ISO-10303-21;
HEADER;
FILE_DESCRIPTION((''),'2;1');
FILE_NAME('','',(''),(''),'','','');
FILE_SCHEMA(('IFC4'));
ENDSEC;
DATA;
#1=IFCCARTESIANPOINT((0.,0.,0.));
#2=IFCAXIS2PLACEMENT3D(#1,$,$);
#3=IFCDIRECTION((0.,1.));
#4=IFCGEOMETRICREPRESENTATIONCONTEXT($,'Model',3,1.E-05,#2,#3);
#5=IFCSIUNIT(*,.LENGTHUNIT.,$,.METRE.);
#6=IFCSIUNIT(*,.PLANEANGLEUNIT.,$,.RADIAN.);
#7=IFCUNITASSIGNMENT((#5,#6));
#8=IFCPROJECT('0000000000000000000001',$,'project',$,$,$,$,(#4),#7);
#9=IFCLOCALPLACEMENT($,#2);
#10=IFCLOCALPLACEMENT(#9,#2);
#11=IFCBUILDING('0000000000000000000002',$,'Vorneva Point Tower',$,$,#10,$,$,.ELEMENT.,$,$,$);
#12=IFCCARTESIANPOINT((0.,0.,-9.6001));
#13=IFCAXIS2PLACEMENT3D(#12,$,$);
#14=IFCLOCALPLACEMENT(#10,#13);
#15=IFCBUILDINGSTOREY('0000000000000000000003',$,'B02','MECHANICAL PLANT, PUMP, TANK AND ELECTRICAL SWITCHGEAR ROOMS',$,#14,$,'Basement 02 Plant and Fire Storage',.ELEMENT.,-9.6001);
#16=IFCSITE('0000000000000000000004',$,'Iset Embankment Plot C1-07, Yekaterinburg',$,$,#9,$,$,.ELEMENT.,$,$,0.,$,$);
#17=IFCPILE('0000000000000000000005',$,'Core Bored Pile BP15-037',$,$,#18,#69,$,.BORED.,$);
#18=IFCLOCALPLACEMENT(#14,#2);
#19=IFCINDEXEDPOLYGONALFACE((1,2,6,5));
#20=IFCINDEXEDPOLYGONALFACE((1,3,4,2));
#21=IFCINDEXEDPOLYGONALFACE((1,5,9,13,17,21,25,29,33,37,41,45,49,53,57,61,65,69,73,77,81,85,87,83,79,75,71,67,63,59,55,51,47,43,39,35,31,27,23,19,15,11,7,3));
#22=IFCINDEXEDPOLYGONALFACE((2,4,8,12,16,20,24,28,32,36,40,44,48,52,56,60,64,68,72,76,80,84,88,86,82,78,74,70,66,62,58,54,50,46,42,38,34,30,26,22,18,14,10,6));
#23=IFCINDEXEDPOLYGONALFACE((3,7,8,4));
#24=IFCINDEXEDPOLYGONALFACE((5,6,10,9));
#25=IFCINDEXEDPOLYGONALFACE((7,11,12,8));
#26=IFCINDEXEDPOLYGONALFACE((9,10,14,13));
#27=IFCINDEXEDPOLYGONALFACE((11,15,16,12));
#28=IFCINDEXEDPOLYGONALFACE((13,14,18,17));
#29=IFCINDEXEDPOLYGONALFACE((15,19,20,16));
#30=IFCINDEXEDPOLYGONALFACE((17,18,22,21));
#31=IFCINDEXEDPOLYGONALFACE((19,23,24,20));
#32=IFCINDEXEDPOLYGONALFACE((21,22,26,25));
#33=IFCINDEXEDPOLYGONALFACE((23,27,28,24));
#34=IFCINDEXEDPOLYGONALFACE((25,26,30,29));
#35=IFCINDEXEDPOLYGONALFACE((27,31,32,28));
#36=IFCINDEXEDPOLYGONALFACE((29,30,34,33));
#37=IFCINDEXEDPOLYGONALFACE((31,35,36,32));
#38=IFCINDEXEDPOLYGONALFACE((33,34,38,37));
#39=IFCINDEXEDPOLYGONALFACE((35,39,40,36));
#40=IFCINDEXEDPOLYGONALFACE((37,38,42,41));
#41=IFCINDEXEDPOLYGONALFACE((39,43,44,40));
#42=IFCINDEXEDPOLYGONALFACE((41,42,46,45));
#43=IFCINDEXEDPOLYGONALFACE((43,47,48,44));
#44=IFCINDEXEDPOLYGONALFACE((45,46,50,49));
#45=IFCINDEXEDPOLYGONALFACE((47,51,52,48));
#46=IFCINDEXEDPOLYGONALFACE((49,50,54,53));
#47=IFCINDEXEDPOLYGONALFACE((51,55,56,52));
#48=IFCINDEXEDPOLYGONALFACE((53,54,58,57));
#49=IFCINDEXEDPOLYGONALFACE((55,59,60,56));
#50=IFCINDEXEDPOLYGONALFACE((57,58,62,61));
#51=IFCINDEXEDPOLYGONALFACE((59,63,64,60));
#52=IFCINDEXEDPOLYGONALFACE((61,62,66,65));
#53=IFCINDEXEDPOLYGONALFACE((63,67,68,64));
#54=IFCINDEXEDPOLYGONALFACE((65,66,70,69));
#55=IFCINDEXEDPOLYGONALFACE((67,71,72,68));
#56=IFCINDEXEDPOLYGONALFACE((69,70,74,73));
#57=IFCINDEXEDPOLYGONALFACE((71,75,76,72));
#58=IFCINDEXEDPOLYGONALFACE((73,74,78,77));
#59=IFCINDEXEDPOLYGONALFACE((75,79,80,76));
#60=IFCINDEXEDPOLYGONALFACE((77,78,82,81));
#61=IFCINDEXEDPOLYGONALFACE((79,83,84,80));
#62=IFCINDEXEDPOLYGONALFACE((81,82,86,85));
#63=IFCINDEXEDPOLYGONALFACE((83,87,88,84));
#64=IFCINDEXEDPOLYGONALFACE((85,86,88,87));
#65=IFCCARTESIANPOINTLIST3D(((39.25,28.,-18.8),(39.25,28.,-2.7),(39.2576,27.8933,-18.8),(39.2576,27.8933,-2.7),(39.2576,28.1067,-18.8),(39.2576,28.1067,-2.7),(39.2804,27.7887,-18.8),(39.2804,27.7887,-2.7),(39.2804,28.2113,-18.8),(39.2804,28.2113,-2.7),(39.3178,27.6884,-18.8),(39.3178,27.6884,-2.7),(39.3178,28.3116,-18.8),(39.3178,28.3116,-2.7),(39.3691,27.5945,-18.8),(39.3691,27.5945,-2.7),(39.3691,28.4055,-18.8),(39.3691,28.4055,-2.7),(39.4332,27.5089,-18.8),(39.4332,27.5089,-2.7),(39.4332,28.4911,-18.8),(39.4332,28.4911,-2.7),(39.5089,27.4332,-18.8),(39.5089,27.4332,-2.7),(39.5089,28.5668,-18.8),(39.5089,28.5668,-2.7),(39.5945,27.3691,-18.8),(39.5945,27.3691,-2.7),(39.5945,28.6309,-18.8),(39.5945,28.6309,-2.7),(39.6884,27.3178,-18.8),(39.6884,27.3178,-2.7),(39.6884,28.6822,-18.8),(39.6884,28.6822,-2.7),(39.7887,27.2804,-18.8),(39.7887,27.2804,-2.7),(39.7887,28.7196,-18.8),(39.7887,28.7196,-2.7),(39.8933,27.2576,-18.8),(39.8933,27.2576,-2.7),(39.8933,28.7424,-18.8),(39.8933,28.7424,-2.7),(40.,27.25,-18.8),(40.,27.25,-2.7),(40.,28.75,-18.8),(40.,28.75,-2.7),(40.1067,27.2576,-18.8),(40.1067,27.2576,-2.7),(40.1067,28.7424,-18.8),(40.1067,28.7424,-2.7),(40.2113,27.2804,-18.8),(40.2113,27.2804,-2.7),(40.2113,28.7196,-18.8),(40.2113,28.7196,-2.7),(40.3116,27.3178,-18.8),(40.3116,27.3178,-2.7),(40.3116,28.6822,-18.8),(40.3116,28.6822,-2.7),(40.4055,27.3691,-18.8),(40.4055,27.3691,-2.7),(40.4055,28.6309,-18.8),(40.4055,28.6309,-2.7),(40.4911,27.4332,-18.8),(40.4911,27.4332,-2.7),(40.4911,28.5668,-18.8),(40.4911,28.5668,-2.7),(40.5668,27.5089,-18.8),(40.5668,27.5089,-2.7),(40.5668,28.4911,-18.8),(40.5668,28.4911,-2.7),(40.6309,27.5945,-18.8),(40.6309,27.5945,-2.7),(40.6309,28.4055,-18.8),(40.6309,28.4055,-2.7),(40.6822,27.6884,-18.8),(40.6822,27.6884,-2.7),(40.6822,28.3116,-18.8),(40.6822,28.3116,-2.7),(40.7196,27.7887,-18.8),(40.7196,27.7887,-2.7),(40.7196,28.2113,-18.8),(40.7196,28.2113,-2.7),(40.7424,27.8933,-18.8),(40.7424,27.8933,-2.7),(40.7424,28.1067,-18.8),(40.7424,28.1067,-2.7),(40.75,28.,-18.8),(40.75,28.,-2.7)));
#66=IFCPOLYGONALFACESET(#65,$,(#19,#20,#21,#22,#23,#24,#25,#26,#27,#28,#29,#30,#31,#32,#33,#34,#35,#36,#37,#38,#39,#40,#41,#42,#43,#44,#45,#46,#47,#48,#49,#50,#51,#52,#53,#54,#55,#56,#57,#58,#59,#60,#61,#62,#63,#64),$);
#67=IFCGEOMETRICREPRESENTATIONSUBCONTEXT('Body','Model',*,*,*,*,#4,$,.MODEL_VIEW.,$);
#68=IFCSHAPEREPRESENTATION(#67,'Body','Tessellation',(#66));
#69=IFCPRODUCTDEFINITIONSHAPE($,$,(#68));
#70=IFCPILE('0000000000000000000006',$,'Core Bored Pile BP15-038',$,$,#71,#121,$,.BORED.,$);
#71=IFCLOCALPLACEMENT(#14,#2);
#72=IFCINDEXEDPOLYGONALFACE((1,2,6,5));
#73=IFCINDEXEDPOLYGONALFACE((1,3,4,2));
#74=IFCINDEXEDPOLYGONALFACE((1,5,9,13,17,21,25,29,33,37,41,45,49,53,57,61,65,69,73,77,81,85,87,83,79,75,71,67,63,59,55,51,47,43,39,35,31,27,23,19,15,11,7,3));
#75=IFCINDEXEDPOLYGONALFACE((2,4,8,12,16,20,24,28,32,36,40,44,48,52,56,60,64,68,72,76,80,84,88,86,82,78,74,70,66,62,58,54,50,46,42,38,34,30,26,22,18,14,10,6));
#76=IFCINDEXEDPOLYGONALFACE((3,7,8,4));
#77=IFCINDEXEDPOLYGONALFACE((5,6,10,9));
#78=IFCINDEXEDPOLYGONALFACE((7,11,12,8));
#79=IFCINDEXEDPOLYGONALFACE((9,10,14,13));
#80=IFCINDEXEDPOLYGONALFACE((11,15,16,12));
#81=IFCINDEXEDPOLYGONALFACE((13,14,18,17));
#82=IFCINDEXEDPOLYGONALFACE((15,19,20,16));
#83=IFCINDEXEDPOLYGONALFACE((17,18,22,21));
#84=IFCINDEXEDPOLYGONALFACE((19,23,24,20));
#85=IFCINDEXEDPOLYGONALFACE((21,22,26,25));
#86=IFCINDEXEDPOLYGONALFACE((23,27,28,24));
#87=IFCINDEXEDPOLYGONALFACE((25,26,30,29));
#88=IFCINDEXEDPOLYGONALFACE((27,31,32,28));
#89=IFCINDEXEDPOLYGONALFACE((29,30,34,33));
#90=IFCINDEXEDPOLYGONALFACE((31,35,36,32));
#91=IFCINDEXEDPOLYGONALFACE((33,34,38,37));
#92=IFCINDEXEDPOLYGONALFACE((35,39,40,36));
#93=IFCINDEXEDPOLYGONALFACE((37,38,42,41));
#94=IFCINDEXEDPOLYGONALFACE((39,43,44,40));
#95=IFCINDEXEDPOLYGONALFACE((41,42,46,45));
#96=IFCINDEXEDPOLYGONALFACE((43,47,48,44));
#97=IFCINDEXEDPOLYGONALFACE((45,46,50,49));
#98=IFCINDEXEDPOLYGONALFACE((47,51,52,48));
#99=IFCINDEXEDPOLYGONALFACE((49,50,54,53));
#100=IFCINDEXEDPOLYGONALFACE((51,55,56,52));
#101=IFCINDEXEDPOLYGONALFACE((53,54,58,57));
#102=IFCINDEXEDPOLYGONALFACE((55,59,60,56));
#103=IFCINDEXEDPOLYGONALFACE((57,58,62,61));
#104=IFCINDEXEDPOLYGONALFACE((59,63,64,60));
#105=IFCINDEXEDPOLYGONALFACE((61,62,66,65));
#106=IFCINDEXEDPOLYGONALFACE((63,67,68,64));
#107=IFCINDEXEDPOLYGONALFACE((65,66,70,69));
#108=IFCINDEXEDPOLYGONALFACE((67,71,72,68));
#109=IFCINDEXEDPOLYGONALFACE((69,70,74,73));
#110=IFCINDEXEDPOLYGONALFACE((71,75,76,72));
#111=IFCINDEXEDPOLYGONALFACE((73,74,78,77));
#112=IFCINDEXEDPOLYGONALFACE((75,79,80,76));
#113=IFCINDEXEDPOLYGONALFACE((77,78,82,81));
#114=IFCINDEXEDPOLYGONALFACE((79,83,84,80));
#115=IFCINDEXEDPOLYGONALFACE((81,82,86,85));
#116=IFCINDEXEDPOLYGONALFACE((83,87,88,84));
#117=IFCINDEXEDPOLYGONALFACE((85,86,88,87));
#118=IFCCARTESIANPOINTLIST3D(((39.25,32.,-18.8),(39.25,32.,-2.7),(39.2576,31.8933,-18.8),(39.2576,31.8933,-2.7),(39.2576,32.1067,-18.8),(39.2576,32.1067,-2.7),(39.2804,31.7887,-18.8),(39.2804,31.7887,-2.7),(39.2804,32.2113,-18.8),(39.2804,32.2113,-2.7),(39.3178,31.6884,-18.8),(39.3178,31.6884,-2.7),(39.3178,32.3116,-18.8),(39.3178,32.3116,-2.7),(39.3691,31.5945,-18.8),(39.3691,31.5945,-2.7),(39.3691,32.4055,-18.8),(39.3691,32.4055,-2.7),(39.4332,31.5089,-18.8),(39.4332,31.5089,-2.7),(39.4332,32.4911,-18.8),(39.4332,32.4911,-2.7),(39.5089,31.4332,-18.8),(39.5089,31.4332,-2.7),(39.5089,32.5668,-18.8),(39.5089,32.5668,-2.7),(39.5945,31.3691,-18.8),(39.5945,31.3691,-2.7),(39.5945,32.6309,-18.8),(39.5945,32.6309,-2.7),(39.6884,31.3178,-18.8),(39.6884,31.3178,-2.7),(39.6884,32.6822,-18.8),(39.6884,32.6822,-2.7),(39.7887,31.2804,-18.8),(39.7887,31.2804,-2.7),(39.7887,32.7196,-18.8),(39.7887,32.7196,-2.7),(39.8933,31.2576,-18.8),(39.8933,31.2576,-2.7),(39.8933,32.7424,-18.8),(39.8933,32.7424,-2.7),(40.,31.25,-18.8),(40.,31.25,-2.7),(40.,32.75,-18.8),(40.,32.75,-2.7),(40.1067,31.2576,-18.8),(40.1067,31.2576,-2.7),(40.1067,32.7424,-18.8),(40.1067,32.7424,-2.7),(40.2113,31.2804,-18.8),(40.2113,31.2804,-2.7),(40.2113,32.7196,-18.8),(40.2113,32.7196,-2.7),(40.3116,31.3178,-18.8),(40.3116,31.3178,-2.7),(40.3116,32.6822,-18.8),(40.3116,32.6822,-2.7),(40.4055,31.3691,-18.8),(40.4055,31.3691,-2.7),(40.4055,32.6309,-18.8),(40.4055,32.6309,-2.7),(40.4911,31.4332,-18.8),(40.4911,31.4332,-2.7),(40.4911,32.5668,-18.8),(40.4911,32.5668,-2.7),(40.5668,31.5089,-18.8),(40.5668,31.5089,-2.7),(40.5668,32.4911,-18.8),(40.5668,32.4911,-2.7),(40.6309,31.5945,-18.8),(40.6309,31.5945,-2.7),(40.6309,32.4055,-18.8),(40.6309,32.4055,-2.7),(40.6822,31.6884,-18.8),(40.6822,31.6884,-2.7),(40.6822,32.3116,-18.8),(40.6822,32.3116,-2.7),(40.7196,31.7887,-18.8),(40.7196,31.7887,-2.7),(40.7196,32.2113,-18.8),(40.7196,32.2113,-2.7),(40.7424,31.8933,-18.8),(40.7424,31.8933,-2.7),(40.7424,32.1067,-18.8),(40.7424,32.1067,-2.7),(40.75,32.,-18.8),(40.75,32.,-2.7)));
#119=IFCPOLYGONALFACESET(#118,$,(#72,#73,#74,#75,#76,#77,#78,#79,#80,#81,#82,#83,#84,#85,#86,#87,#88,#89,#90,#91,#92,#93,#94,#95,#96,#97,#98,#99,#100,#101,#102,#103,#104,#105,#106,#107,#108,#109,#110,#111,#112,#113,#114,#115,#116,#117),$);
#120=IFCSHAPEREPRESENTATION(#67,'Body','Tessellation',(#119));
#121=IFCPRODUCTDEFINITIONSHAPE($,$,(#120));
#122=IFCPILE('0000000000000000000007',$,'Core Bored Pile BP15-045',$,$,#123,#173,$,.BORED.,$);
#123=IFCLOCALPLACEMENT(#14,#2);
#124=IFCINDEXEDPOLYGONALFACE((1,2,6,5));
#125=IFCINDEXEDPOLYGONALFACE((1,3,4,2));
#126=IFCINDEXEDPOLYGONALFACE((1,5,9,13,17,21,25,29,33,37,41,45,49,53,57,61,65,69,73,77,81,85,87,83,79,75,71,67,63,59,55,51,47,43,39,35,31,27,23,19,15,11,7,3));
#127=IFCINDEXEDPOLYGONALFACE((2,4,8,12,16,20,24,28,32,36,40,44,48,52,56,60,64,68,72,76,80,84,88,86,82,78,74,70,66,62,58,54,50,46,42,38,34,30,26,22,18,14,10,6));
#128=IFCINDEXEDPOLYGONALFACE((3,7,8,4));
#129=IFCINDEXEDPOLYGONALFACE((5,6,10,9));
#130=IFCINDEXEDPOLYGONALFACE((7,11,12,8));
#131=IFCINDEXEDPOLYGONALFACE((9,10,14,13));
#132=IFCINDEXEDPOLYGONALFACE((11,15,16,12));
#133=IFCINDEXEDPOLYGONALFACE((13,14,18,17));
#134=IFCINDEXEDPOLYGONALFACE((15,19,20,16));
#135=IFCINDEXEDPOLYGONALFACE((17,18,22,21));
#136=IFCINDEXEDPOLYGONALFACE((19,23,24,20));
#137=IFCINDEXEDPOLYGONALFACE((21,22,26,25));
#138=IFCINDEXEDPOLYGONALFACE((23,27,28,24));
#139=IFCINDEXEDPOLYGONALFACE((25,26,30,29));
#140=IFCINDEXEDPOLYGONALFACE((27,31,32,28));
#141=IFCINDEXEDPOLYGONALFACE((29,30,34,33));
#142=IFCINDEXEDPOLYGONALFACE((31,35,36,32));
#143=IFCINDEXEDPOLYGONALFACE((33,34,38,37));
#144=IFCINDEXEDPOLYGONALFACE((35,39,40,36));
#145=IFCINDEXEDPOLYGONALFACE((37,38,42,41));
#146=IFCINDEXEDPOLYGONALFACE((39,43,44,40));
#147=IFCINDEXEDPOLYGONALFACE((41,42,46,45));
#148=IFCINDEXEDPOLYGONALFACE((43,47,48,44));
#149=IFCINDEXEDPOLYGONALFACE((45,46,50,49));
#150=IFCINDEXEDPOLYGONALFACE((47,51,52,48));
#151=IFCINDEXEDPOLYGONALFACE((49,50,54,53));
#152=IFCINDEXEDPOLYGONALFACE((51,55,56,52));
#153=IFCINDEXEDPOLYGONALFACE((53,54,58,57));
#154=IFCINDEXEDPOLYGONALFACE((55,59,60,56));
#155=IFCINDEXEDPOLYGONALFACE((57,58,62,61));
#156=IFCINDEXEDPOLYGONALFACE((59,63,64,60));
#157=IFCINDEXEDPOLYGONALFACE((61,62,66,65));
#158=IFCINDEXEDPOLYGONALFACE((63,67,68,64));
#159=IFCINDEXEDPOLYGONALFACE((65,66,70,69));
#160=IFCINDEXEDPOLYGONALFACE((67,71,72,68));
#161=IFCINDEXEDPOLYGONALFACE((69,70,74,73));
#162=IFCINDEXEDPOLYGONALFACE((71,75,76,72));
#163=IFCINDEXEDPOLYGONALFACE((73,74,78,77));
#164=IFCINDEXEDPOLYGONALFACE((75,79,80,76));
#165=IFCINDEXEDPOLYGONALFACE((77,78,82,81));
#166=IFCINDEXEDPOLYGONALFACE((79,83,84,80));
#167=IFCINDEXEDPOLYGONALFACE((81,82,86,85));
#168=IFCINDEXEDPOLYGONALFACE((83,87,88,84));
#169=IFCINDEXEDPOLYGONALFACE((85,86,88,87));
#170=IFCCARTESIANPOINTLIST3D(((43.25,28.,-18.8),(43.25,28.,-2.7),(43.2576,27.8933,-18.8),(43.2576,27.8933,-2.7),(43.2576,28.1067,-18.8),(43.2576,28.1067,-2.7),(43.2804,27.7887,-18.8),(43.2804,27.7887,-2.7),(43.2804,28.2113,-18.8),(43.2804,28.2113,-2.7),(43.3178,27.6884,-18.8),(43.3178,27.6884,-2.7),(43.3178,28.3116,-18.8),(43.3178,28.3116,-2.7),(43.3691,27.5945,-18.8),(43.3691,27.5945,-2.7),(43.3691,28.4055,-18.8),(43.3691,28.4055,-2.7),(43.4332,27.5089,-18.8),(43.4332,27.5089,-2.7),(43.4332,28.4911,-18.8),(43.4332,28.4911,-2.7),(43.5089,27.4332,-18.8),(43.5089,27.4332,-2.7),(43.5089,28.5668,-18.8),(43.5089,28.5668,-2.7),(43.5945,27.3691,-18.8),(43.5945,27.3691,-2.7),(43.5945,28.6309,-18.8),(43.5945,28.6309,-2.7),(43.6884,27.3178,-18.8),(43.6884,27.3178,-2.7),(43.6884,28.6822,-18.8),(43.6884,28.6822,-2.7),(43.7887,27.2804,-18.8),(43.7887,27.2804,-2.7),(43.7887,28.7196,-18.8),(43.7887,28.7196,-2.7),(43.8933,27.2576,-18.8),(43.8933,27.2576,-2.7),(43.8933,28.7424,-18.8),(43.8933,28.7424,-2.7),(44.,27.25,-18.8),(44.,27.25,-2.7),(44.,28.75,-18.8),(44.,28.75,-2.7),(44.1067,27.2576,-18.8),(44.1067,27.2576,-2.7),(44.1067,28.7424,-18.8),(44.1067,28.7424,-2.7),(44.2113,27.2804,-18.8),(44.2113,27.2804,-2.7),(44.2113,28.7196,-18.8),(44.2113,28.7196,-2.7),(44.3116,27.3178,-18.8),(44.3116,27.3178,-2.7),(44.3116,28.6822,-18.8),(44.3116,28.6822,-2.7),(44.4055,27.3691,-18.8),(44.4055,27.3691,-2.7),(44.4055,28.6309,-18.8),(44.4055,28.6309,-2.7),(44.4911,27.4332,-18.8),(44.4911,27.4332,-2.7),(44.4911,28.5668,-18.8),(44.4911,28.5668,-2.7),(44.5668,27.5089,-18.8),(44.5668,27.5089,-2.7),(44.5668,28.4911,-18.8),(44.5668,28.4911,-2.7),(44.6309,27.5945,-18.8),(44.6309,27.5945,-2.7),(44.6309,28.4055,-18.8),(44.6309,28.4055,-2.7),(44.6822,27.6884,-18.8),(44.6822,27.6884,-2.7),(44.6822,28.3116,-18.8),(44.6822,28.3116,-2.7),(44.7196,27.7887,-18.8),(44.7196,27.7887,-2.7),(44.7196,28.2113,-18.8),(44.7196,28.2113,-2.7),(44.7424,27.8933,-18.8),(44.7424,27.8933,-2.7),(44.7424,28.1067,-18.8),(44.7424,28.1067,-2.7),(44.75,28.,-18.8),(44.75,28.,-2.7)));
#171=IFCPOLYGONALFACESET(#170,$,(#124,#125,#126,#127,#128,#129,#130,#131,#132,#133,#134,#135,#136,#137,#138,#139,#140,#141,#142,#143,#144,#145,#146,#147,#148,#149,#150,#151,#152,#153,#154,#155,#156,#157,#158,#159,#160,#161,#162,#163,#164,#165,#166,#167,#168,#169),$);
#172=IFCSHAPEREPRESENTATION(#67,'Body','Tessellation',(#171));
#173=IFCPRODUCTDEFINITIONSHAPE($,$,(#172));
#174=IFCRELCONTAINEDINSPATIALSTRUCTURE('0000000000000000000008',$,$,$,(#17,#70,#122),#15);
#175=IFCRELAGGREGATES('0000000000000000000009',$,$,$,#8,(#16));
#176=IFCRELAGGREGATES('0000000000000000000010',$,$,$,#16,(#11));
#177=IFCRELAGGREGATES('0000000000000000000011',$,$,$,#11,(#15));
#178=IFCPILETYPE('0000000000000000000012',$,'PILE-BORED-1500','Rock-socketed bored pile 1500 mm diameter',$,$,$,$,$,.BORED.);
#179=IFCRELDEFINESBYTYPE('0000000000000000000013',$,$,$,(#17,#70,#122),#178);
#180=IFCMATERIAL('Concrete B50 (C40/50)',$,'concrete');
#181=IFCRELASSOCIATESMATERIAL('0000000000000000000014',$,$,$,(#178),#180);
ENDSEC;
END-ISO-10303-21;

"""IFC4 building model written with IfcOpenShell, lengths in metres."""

from ifc_helpers import new_model, si_unit, direction, frame, origin, origin_2d, place, context, subcontext, project, spatial, circle, extrude, material, material_profile, profile_set, type_object, element, save


model = new_model("IFC4")

# Units and contexts
model_context = context("Model", 3, precision=1e-05, world=origin(), true_north=direction((0.0, 1.0)))
body_context = subcontext(model_context, "Body", "Model", "MODEL_VIEW")
ifc_project = project(units=[si_unit("LENGTHUNIT", "METRE"), si_unit("PLANEANGLEUNIT", "RADIAN")], contexts=[model_context])

# Site, building, storey
site_placement = place(None, origin())
site = spatial("IfcSite", under=ifc_project, at=site_placement, Name="Iset Embankment Plot C1-07, Yekaterinburg", CompositionType="ELEMENT", RefElevation=0.0)
building_placement = place(site_placement, origin())
building = spatial("IfcBuilding", under=site, at=building_placement, Name="Vorneva Point Tower", CompositionType="ELEMENT")
storey_placement = place(building_placement, frame((0.0, 0.0, -9.6001)))
storey = spatial("IfcBuildingStorey", under=building, at=storey_placement, Name="B02", Description="MECHANICAL PLANT, PUMP, TANK AND ELECTRICAL SWITCHGEAR ROOMS", LongName="Basement 02 Plant and Fire Storage", CompositionType="ELEMENT", Elevation=-9.6001)

# Piles
ifc_material_1 = material(Name="Concrete B50 (C40/50)", Category="concrete")
ifc_material_profile_1 = material_profile(ifc_material_1, circle(Radius=0.75, at=origin_2d()), Name="PILE-1500")
ifc_profile_set_1 = profile_set([ifc_material_profile_1], Name="Concrete B50 (C40/50)")
pile_type = type_object("IfcPileType", Name="PILE-BORED-1500", Description="Rock-socketed bored pile 1500 mm diameter", PredefinedType="BORED", material=ifc_profile_set_1)
for number, where, z_axis, x_axis, name in (
    (1, (40.0, 28.0, -2.7), (0.0, 0.0, -1.0), (1.0, 0.0, 0.0), "Core Bored Pile BP15-037"),
    (2, (40.0, 32.0, -2.7), (0.0, 0.0, -1.0), (1.0, 0.0, 0.0), "Core Bored Pile BP15-038"),
    (3, (44.0, 28.0, -2.7), (0.0, 0.0, -1.0), (1.0, 0.0, 0.0), "Core Bored Pile BP15-045"),
):
    element("IfcPile", number, at=place(storey_placement, frame(where, z_axis=z_axis, x_axis=x_axis)), inside=storey, type_object=pile_type, Name=name, PredefinedType="BORED", context=body_context, shape_type="SweptSolid", body=[
        extrude(circle(Radius=0.75, at=origin_2d()), origin(), (0.0, 0.0, 1.0), 16.1001),
    ])

save(model, "model.ifc")
